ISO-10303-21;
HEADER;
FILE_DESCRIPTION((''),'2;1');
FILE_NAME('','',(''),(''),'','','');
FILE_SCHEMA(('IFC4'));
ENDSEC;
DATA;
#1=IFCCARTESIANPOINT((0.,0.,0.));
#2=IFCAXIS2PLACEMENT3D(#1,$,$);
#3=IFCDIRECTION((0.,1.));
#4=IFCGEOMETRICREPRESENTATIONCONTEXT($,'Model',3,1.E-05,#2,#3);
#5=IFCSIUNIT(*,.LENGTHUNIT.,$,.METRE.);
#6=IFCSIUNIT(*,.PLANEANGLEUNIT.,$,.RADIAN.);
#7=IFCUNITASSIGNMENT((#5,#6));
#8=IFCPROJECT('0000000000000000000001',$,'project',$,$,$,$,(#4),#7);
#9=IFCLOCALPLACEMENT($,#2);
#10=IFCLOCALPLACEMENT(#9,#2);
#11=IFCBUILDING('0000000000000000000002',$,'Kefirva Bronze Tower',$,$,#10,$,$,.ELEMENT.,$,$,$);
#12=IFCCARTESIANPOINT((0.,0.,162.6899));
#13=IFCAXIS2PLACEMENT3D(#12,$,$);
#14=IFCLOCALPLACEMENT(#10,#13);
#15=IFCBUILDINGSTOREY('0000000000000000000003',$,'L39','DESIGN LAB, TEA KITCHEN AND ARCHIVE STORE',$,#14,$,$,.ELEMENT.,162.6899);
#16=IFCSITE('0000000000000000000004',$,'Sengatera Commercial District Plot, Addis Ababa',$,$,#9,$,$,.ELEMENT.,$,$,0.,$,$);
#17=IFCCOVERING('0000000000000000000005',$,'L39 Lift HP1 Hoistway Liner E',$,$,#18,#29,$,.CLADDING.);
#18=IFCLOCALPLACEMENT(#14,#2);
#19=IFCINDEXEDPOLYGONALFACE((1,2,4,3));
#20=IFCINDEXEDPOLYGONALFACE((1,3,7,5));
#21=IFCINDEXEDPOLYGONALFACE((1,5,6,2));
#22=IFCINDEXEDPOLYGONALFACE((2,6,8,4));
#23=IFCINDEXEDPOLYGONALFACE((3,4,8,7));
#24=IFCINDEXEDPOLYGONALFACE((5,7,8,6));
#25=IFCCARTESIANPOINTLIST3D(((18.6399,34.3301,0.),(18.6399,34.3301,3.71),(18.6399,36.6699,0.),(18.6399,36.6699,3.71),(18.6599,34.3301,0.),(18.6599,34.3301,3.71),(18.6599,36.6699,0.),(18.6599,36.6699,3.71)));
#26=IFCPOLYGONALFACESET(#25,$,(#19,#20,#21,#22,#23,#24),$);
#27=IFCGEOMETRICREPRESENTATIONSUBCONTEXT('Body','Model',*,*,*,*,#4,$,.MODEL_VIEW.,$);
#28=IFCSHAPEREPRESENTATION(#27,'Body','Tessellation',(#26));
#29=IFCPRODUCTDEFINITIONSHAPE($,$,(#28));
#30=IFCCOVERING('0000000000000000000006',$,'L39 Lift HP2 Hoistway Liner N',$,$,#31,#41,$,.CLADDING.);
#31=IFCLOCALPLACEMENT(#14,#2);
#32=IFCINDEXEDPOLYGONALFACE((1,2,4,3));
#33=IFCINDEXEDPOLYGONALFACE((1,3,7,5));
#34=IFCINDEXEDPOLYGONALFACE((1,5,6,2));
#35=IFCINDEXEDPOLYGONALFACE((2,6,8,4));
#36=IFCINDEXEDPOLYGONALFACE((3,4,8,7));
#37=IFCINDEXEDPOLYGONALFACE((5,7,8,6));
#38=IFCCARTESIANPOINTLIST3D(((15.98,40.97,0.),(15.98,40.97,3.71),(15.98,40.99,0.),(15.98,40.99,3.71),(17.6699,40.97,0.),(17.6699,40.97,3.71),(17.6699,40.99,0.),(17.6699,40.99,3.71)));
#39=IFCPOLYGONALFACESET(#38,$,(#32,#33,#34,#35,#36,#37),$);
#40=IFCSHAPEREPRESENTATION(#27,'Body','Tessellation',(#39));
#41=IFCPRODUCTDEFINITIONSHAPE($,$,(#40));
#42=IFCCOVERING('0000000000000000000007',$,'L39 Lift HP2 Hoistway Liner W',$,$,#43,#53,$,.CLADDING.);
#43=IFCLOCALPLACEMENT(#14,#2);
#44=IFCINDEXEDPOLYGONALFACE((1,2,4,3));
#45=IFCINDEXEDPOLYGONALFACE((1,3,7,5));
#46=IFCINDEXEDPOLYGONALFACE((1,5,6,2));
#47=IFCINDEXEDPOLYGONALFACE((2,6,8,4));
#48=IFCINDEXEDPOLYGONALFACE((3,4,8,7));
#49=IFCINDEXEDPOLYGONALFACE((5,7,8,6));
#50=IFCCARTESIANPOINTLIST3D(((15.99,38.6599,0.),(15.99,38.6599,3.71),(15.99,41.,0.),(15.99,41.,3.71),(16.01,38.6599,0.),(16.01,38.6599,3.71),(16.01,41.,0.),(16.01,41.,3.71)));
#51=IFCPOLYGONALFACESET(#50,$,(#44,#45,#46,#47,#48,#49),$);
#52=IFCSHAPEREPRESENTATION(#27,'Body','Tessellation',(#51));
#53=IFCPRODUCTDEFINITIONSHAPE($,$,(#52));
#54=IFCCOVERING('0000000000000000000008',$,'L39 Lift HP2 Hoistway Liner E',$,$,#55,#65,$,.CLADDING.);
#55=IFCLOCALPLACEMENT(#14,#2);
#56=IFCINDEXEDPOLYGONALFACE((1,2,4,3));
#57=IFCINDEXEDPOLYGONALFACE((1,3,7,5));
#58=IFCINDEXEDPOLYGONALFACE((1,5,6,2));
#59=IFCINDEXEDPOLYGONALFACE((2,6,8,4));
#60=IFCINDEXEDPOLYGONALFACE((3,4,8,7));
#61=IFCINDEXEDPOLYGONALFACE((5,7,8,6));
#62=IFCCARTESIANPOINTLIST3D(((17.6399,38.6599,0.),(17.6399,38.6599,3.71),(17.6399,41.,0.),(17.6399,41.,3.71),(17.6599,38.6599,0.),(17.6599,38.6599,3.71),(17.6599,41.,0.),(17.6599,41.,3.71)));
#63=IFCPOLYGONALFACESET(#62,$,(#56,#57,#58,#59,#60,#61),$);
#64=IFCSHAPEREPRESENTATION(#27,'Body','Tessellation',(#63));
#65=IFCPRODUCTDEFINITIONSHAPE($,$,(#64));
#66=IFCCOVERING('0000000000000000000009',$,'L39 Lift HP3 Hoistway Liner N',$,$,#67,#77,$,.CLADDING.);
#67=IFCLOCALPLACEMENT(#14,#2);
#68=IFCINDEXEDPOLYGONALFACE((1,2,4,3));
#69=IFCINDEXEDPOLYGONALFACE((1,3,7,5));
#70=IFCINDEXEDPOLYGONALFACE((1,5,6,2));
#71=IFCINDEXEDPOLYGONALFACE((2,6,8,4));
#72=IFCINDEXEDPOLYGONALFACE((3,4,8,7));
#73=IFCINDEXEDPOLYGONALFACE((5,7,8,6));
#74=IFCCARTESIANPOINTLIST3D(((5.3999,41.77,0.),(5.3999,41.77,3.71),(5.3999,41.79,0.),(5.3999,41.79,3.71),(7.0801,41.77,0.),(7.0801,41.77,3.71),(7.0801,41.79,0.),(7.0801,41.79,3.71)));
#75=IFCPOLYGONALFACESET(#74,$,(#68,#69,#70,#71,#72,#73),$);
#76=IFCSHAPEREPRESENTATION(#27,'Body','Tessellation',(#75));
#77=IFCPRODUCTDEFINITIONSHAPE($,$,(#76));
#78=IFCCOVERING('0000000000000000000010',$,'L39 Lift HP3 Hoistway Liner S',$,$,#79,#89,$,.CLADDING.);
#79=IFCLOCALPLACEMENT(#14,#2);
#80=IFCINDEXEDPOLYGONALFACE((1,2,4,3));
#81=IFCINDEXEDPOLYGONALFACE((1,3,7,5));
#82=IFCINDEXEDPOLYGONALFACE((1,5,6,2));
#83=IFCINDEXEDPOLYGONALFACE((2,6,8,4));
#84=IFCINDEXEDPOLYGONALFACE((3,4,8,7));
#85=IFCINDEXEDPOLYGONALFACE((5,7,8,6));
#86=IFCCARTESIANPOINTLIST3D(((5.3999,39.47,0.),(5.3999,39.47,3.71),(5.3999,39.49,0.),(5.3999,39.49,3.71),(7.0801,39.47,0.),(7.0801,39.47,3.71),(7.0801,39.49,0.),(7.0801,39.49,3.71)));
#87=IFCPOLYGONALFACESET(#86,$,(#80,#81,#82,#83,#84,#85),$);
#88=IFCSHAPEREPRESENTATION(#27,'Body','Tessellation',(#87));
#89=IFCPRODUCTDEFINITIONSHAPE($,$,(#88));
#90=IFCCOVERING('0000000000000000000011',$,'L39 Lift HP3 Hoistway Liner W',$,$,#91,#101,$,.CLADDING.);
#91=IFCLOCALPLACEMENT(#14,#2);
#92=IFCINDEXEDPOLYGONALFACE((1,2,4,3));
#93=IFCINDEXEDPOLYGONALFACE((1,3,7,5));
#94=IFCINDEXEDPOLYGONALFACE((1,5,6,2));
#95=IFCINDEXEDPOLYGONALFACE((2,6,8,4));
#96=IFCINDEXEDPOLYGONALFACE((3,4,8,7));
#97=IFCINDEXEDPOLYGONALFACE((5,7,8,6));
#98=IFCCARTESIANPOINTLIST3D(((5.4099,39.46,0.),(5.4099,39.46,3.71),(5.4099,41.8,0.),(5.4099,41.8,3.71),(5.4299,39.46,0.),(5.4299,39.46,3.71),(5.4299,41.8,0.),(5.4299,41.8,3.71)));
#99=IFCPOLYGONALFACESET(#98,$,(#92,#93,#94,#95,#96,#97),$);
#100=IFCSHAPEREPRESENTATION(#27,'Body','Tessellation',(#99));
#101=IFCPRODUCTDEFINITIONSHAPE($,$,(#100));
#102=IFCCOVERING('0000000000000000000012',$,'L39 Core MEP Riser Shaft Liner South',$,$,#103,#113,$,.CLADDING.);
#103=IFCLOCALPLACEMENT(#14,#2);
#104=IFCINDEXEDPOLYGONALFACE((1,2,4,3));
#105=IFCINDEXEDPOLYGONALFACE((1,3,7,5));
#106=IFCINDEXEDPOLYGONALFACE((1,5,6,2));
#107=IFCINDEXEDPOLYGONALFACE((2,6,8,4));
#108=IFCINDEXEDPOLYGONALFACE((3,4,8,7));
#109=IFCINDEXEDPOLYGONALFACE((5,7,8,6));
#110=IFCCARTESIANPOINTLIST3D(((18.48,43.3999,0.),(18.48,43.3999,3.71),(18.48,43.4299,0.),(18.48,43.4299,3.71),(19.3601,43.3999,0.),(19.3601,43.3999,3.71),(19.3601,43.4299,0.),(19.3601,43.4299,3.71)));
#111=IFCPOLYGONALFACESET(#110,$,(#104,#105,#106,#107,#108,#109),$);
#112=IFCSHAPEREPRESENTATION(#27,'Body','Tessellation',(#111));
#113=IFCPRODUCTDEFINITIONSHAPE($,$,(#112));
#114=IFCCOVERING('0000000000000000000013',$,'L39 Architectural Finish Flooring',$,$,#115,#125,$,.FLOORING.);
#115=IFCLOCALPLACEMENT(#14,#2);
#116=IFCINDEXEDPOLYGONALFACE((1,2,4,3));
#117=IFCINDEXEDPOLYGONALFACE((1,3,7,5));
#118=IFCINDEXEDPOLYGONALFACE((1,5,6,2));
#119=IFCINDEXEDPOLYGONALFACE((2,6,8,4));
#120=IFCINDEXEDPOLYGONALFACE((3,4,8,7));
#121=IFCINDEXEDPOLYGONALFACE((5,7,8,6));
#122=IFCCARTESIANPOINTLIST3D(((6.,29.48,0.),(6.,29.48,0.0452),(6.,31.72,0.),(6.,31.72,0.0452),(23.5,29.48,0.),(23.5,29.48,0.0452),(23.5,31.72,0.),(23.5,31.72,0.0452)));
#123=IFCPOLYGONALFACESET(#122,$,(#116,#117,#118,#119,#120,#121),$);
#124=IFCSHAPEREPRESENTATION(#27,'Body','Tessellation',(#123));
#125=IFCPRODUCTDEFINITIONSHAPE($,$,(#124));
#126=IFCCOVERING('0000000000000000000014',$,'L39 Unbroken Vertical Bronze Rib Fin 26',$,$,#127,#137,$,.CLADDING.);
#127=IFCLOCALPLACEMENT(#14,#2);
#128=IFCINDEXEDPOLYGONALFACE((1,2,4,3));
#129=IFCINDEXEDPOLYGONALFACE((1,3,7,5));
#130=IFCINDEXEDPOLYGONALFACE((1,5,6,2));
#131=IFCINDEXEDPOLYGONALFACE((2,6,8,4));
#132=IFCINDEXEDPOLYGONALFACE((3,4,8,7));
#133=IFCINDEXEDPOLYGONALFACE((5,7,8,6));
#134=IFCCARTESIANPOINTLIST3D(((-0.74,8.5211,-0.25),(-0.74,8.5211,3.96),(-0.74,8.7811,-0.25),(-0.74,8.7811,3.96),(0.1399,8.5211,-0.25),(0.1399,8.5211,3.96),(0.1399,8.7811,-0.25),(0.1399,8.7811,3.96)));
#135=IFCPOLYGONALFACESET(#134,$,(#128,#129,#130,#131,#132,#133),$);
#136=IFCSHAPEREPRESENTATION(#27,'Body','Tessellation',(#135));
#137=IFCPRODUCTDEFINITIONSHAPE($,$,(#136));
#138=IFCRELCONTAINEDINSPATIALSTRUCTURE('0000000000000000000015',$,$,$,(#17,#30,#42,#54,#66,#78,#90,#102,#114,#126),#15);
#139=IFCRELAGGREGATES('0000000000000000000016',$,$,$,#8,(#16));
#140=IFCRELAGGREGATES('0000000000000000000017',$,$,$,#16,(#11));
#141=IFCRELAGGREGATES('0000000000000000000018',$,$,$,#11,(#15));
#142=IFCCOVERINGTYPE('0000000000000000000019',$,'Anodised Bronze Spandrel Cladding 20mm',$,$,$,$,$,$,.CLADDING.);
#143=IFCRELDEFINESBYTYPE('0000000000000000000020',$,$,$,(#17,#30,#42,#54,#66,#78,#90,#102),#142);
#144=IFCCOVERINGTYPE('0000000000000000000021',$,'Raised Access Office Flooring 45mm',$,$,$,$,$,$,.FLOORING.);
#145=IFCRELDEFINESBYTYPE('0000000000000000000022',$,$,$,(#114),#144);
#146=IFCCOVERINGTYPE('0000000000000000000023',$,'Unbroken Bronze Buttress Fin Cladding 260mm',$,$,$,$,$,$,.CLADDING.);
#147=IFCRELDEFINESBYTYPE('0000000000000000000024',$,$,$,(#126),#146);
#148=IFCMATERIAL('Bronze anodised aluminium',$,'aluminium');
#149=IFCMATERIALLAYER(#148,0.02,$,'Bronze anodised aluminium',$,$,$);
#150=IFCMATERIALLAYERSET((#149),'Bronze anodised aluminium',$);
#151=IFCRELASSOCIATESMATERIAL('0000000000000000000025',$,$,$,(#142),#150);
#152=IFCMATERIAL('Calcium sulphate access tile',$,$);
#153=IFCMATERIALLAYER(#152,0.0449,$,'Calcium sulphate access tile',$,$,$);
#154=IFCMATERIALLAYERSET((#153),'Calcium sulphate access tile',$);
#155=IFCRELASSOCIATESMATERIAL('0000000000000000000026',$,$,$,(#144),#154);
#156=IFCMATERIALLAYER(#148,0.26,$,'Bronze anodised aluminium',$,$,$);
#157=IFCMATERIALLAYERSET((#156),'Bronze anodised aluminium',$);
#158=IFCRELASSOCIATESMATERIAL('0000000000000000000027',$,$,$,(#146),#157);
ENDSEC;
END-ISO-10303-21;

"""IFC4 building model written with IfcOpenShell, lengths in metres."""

from ifc_helpers import new_model, si_unit, direction, frame, origin, origin_2d, place, context, subcontext, project, spatial, polyline, rectangle, outline, extrude, material, layer, layer_set, type_object, element, save


model = new_model("IFC4")

# Units and contexts
model_context = context("Model", 3, precision=1e-05, world=origin(), true_north=direction((0.0, 1.0)))
body_context = subcontext(model_context, "Body", "Model", "MODEL_VIEW")
ifc_project = project(units=[si_unit("LENGTHUNIT", "METRE"), si_unit("PLANEANGLEUNIT", "RADIAN")], contexts=[model_context])

# Site, building, storey
site_placement = place(None, origin())
site = spatial("IfcSite", under=ifc_project, at=site_placement, Name="Sengatera Commercial District Plot, Addis Ababa", CompositionType="ELEMENT", RefElevation=0.0)
building_placement = place(site_placement, origin())
building = spatial("IfcBuilding", under=site, at=building_placement, Name="Kefirva Bronze Tower", CompositionType="ELEMENT")
storey_placement = place(building_placement, frame((0.0, 0.0, 162.6899)))
storey = spatial("IfcBuildingStorey", under=building, at=storey_placement, Name="L39", Description="DESIGN LAB, TEA KITCHEN AND ARCHIVE STORE", CompositionType="ELEMENT", Elevation=162.6899)

# Shared definitions
ifc_material_1 = material(Name="Bronze anodised aluminium", Category="aluminium")

# Coverings
ifc_layer_1 = layer(ifc_material_1, 0.02, Name="Bronze anodised aluminium")
ifc_layer_set_1 = layer_set([ifc_layer_1], Name="Bronze anodised aluminium")
covering_type_1 = type_object("IfcCoveringType", Name="Anodised Bronze Spandrel Cladding 20mm", PredefinedType="CLADDING", material=ifc_layer_set_1)
covering_1_placement = place(storey_placement, origin())
element("IfcCovering", 1, at=covering_1_placement, inside=storey, type_object=covering_type_1, Name="L39 Lift HP1 Hoistway Liner E", PredefinedType="CLADDING", context=body_context, shape_type="SweptSolid", body=[
    extrude(outline(polyline([(18.6399, 34.3301), (18.6599, 34.3301), (18.6599, 36.6699), (18.6399, 36.6699), (18.6399, 34.3301)])), origin(), (0.0, 0.0, 1.0), 3.71),
])
covering_2_placement = place(storey_placement, origin())
element("IfcCovering", 2, at=covering_2_placement, inside=storey, type_object=covering_type_1, Name="L39 Lift HP2 Hoistway Liner N", PredefinedType="CLADDING", context=body_context, shape_type="SweptSolid", body=[
    extrude(outline(polyline([(15.98, 40.97), (17.6699, 40.97), (17.6699, 40.99), (15.98, 40.99), (15.98, 40.97)])), origin(), (0.0, 0.0, 1.0), 3.71),
])
covering_3_placement = place(storey_placement, origin())
element("IfcCovering", 3, at=covering_3_placement, inside=storey, type_object=covering_type_1, Name="L39 Lift HP2 Hoistway Liner W", PredefinedType="CLADDING", context=body_context, shape_type="SweptSolid", body=[
    extrude(outline(polyline([(15.99, 38.6599), (16.01, 38.6599), (16.01, 41.0), (15.99, 41.0), (15.99, 38.6599)])), origin(), (0.0, 0.0, 1.0), 3.71),
])
covering_4_placement = place(storey_placement, origin())
element("IfcCovering", 4, at=covering_4_placement, inside=storey, type_object=covering_type_1, Name="L39 Lift HP2 Hoistway Liner E", PredefinedType="CLADDING", context=body_context, shape_type="SweptSolid", body=[
    extrude(outline(polyline([(17.6399, 38.6599), (17.6599, 38.6599), (17.6599, 41.0), (17.6399, 41.0), (17.6399, 38.6599)])), origin(), (0.0, 0.0, 1.0), 3.71),
])
covering_5_placement = place(storey_placement, origin())
element("IfcCovering", 5, at=covering_5_placement, inside=storey, type_object=covering_type_1, Name="L39 Lift HP3 Hoistway Liner N", PredefinedType="CLADDING", context=body_context, shape_type="SweptSolid", body=[
    extrude(outline(polyline([(5.3999, 41.77), (7.0801, 41.77), (7.0801, 41.79), (5.3999, 41.79), (5.3999, 41.77)])), origin(), (0.0, 0.0, 1.0), 3.71),
])
covering_6_placement = place(storey_placement, origin())
element("IfcCovering", 6, at=covering_6_placement, inside=storey, type_object=covering_type_1, Name="L39 Lift HP3 Hoistway Liner S", PredefinedType="CLADDING", context=body_context, shape_type="SweptSolid", body=[
    extrude(outline(polyline([(5.3999, 39.47), (7.0801, 39.47), (7.0801, 39.49), (5.3999, 39.49), (5.3999, 39.47)])), origin(), (0.0, 0.0, 1.0), 3.71),
])
covering_7_placement = place(storey_placement, origin())
element("IfcCovering", 7, at=covering_7_placement, inside=storey, type_object=covering_type_1, Name="L39 Lift HP3 Hoistway Liner W", PredefinedType="CLADDING", context=body_context, shape_type="SweptSolid", body=[
    extrude(outline(polyline([(5.4099, 39.46), (5.4299, 39.46), (5.4299, 41.8), (5.4099, 41.8), (5.4099, 39.46)])), origin(), (0.0, 0.0, 1.0), 3.71),
])
covering_8_placement = place(storey_placement, origin())
element("IfcCovering", 8, at=covering_8_placement, inside=storey, type_object=covering_type_1, Name="L39 Core MEP Riser Shaft Liner South", PredefinedType="CLADDING", context=body_context, shape_type="SweptSolid", body=[
    extrude(outline(polyline([(18.48, 43.3999), (19.3601, 43.3999), (19.3601, 43.4299), (18.48, 43.4299), (18.48, 43.3999)])), origin(), (0.0, 0.0, 1.0), 3.71),
])
ifc_material_2 = material(Name="Calcium sulphate access tile")
ifc_layer_2 = layer(ifc_material_2, 0.0449, Name="Calcium sulphate access tile")
ifc_layer_set_2 = layer_set([ifc_layer_2], Name="Calcium sulphate access tile")
covering_type_2 = type_object("IfcCoveringType", Name="Raised Access Office Flooring 45mm", PredefinedType="FLOORING", material=ifc_layer_set_2)
covering_9_placement = place(storey_placement, origin())
element("IfcCovering", 9, at=covering_9_placement, inside=storey, type_object=covering_type_2, Name="L39 Architectural Finish Flooring", PredefinedType="FLOORING", context=body_context, shape_type="SweptSolid", body=[
    extrude(outline(polyline([(6.0, 29.48), (23.5, 29.48), (23.5, 31.72), (6.0, 31.72), (6.0, 29.48)])), origin(), (0.0, 0.0, 1.0), 0.0452),
])
ifc_layer_3 = layer(ifc_material_1, 0.26, Name="Bronze anodised aluminium")
ifc_layer_set_3 = layer_set([ifc_layer_3], Name="Bronze anodised aluminium")
covering_type_3 = type_object("IfcCoveringType", Name="Unbroken Bronze Buttress Fin Cladding 260mm", PredefinedType="CLADDING", material=ifc_layer_set_3)
covering_10_placement = place(storey_placement, frame((-0.3, 8.6511, -0.25), z_axis=(0.0, 0.0, 1.0), x_axis=(0.0, -1.0, 0.0)))
element("IfcCovering", 10, at=covering_10_placement, inside=storey, type_object=covering_type_3, Name="L39 Unbroken Vertical Bronze Rib Fin 26", PredefinedType="CLADDING", context=body_context, shape_type="SweptSolid", body=[
    extrude(rectangle(XDim=0.26, YDim=0.8799, at=origin_2d()), origin(), (0.0, 0.0, 1.0), 4.21),
])

save(model, "model.ifc")
